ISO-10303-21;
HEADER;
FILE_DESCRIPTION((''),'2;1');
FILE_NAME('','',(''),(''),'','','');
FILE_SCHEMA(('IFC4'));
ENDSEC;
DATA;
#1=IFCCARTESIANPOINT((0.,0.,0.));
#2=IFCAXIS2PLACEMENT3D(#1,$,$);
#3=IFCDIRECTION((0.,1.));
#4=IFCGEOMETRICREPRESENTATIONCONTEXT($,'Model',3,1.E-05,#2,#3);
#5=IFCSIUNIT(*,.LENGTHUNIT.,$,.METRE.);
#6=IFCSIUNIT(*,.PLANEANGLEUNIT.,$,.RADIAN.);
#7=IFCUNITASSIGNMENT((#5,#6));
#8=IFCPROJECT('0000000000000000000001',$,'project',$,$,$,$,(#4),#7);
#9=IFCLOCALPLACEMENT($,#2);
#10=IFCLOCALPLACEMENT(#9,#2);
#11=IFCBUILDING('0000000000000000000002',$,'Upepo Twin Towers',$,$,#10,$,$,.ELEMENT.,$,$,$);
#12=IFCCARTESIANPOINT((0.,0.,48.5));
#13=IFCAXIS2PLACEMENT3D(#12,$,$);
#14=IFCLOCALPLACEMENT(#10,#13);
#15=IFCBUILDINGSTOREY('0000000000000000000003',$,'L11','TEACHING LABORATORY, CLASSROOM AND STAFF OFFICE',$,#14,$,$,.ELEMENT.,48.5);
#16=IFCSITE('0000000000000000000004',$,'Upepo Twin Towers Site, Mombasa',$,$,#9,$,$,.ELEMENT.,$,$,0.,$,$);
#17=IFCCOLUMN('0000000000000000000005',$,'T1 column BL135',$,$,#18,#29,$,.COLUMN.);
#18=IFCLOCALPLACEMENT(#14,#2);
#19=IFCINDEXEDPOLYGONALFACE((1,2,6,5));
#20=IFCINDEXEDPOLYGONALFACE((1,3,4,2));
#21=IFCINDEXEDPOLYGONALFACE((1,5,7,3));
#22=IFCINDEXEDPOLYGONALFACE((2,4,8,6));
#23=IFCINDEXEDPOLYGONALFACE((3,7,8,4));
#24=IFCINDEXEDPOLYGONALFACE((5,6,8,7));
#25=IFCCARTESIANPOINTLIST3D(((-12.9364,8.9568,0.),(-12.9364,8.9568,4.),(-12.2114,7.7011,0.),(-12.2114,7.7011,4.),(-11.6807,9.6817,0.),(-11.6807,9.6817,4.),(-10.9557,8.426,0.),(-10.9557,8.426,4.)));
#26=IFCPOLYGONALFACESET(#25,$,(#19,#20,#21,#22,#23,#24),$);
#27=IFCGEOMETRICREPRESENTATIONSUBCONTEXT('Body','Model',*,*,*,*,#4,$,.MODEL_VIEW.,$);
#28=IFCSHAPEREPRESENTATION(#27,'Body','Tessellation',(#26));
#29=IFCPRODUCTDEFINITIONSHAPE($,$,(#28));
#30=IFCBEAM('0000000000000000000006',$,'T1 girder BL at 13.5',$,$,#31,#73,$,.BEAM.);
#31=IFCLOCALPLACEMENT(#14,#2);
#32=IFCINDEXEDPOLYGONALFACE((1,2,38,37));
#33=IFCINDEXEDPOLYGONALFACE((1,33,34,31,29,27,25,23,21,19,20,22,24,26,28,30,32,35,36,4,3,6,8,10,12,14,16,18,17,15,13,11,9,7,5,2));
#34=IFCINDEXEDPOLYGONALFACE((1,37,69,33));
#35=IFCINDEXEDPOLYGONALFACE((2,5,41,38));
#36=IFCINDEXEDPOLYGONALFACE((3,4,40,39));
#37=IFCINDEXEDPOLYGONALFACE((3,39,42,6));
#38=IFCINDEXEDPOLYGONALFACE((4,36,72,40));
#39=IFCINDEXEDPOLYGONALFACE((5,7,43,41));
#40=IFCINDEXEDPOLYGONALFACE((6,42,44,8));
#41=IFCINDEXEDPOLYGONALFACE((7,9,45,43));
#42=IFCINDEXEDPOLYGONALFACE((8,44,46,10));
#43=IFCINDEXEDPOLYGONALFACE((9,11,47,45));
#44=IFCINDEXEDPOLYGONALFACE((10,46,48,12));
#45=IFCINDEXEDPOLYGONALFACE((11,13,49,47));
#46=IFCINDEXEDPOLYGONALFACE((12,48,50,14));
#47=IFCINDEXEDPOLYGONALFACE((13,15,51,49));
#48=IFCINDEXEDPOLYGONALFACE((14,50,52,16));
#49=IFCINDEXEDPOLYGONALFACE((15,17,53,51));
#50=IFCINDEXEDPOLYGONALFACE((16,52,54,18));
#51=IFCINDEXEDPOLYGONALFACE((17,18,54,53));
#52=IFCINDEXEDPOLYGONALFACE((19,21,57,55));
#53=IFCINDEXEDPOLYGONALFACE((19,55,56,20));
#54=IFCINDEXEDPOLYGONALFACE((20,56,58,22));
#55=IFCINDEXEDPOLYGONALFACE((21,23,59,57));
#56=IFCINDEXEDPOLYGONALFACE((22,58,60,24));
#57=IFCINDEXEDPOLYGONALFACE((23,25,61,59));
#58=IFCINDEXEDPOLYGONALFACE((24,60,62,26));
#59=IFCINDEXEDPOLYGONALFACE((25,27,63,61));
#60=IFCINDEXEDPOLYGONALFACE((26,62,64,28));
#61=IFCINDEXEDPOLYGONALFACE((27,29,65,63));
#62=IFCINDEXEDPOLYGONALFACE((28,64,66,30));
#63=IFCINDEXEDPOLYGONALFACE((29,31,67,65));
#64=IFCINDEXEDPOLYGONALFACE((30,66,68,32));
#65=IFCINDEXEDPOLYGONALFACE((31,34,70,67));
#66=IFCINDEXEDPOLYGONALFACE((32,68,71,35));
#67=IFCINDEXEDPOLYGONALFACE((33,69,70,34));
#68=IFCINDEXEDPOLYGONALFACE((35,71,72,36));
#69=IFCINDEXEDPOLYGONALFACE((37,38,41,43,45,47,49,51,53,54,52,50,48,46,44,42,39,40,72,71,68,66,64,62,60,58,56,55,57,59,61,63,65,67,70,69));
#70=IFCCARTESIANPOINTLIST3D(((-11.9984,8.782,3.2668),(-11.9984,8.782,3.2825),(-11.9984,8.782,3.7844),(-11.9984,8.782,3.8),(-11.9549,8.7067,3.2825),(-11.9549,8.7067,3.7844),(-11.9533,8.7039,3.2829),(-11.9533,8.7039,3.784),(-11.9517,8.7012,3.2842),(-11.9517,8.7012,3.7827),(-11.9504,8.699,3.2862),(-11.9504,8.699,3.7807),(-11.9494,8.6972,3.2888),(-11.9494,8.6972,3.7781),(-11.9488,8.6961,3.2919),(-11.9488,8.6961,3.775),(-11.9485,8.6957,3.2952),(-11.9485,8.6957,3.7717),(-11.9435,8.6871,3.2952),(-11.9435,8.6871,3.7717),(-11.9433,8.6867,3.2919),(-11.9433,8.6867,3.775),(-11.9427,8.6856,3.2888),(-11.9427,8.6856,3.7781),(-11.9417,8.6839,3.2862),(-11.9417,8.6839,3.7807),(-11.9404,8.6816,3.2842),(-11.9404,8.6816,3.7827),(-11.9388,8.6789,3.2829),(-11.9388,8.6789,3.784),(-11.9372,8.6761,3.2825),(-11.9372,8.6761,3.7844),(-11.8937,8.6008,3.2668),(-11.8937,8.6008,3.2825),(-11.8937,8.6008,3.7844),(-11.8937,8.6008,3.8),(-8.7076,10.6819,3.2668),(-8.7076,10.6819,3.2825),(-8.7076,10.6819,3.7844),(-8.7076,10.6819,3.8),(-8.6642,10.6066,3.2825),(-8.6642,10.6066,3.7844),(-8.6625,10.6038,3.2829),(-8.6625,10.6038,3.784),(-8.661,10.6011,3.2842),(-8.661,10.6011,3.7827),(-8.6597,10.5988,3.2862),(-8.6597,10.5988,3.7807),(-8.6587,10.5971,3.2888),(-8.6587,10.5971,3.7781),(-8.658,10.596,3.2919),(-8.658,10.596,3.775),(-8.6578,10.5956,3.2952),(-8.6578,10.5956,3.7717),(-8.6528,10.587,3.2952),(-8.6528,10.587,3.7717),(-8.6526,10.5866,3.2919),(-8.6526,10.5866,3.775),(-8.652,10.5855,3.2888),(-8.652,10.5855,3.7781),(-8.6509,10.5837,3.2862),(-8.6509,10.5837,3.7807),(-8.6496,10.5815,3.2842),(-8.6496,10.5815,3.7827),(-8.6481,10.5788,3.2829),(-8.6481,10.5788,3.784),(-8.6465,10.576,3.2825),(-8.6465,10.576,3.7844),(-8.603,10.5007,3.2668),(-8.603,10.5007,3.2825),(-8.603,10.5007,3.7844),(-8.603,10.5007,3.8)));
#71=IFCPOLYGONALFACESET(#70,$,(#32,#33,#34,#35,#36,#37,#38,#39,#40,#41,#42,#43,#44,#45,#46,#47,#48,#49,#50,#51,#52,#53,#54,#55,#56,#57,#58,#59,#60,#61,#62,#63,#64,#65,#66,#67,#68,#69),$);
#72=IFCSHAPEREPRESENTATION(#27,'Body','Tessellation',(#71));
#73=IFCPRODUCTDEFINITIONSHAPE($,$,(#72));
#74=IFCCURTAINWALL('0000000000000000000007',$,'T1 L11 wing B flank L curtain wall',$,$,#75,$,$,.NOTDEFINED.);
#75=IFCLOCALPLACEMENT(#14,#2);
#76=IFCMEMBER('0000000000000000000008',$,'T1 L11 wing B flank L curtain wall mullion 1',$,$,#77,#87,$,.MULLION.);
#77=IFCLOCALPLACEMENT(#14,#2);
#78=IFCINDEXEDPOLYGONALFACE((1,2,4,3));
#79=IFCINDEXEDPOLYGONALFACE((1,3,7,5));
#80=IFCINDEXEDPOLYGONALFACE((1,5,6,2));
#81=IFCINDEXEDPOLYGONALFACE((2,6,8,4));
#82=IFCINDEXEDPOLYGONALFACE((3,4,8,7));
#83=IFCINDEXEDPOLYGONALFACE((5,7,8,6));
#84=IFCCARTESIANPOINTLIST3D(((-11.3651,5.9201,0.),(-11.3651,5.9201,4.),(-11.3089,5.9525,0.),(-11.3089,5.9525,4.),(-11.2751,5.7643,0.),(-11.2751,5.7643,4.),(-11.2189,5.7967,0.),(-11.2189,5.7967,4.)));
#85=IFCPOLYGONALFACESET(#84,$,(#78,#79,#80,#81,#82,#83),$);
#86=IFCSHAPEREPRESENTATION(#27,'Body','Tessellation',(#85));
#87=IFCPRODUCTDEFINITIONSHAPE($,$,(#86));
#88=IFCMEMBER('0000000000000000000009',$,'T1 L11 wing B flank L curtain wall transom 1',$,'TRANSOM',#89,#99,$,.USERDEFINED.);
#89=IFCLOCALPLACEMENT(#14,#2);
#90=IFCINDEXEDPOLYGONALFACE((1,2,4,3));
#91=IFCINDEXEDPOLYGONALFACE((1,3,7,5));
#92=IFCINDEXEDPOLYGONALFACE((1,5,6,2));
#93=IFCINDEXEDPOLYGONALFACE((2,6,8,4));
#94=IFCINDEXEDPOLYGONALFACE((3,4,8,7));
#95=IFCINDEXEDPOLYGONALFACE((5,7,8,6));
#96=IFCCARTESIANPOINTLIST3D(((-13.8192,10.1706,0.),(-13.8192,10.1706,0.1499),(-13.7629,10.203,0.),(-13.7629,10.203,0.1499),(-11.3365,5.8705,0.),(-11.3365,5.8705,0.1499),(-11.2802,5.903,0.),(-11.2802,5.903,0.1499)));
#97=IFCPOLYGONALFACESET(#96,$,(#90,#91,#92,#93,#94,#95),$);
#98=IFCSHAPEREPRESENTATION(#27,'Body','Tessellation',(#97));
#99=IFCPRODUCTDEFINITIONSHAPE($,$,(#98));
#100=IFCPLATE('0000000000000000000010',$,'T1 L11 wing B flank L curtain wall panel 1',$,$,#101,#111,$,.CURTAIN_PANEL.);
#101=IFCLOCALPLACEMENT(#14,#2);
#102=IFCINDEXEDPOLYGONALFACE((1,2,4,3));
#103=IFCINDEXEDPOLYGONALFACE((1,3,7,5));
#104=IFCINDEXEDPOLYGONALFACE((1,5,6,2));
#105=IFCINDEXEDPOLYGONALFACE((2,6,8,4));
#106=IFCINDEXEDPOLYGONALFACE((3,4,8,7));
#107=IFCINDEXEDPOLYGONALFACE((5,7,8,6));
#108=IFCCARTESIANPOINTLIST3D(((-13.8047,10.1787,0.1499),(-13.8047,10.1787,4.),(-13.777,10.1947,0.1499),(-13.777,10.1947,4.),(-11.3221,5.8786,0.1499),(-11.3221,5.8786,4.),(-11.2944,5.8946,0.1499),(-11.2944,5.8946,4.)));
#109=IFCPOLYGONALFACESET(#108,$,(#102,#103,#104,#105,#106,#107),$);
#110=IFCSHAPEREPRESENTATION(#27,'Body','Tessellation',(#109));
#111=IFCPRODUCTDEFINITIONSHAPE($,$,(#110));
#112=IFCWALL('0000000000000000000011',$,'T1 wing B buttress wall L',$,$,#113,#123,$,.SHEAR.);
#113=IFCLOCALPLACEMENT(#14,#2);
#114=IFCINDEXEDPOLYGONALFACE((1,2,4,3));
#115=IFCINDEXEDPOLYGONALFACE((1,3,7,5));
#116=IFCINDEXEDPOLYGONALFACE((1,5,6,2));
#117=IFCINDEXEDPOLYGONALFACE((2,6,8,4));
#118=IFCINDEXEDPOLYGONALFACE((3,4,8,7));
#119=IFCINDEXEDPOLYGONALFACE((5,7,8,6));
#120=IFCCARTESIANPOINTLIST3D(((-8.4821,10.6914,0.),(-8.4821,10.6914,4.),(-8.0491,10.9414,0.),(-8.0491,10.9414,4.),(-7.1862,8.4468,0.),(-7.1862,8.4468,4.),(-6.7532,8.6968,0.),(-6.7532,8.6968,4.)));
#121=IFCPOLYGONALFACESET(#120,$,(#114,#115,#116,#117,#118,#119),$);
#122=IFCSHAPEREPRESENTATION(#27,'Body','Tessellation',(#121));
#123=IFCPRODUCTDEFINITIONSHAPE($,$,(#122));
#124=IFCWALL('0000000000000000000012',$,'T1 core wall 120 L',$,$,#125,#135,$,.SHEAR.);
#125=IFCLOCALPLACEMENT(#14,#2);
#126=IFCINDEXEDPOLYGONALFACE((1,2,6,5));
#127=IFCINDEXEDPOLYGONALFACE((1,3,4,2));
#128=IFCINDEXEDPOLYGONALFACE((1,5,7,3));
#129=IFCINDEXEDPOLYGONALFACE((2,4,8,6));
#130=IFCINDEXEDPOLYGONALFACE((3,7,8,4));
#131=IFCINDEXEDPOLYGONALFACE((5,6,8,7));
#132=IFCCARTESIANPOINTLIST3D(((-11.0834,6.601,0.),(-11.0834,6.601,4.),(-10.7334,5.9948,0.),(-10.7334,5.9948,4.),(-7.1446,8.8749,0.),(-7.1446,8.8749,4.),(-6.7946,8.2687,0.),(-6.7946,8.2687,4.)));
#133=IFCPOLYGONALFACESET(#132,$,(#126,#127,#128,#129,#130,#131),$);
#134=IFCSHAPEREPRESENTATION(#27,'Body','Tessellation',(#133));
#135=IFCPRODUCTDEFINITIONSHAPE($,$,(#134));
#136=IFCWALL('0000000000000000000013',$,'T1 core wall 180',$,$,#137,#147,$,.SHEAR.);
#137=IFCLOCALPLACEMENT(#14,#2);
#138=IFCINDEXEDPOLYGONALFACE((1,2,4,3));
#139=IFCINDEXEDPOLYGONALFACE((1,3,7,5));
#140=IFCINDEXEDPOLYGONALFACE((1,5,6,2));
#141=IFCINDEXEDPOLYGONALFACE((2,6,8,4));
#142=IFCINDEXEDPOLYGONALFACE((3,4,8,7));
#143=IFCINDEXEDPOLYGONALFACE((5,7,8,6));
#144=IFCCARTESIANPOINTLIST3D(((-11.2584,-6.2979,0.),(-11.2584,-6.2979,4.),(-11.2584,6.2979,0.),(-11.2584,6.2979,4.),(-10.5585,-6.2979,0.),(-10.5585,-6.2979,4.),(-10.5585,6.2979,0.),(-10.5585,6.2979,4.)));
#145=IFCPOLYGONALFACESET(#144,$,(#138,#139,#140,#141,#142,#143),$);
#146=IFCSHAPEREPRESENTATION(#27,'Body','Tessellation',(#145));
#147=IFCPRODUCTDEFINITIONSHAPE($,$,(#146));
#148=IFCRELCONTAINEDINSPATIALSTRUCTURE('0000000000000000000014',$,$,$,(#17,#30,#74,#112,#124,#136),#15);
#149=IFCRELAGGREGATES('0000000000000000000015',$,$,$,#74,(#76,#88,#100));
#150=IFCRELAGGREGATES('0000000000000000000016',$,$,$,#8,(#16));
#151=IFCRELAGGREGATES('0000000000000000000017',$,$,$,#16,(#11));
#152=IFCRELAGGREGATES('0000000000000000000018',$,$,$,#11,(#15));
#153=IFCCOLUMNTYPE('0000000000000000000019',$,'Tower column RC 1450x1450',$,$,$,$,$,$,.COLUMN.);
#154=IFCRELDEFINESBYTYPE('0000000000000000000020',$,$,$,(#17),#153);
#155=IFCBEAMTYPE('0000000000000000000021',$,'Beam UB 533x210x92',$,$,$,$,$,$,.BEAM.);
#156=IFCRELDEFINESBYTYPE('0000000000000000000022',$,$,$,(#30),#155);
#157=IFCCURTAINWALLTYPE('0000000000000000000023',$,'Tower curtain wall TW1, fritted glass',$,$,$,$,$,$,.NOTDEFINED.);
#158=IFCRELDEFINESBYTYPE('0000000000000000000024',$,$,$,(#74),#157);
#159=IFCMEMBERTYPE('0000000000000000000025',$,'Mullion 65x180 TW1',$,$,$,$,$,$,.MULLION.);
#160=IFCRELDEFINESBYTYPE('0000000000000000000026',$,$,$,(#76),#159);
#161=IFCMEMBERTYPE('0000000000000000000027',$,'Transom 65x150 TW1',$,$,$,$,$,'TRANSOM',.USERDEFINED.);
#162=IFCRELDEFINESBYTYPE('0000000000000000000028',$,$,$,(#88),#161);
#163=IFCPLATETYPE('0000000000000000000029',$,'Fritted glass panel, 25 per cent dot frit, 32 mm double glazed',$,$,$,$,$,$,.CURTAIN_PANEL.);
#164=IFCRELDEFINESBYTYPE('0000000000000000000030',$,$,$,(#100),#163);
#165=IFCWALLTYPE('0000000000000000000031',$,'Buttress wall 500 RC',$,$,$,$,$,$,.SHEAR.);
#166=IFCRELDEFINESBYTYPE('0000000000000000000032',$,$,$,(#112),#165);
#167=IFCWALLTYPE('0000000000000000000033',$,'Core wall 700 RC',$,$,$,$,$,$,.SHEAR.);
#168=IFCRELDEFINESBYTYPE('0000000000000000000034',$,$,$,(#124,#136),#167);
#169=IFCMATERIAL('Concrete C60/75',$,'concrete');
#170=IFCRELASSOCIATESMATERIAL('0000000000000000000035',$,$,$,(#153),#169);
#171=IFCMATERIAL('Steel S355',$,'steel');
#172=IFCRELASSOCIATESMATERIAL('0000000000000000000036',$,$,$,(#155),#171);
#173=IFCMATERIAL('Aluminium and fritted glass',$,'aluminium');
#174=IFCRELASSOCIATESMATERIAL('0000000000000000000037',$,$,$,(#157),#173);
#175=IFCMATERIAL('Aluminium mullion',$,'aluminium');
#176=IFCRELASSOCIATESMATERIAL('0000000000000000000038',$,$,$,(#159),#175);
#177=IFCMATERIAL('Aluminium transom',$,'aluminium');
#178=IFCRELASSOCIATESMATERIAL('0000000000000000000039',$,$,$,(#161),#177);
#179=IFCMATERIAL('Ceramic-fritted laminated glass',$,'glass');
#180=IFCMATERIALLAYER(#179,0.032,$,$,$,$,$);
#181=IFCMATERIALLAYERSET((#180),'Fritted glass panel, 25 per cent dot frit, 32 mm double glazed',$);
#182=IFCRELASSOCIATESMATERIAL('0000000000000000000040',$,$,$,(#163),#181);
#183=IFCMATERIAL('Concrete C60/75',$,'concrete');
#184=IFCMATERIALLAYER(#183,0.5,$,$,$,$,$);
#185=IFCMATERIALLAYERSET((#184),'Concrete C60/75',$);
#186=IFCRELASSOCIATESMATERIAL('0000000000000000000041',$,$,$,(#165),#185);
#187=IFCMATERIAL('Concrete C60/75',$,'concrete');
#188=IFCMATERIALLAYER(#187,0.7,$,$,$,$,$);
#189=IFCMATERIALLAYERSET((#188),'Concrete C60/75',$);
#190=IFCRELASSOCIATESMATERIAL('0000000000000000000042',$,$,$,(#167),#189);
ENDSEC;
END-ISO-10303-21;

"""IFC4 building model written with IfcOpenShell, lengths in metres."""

from ifc_helpers import new_model, si_unit, direction, frame, frame_2d, origin, origin_2d, place, context, subcontext, project, spatial, rectangle, i_section, extrude, material, layer, layer_set, material_profile, profile_set, type_object, element, aggregate, save


model = new_model("IFC4")

# Units and contexts
model_context = context("Model", 3, precision=1e-05, world=origin(), true_north=direction((0.0, 1.0)))
body_context = subcontext(model_context, "Body", "Model", "MODEL_VIEW")
ifc_project = project(units=[si_unit("LENGTHUNIT", "METRE"), si_unit("PLANEANGLEUNIT", "RADIAN")], contexts=[model_context])

# Site, building, storey
site_placement = place(None, origin())
site = spatial("IfcSite", under=ifc_project, at=site_placement, Name="Upepo Twin Towers Site, Mombasa", CompositionType="ELEMENT", RefElevation=0.0)
building_placement = place(site_placement, origin())
building = spatial("IfcBuilding", under=site, at=building_placement, Name="Upepo Twin Towers", CompositionType="ELEMENT")
storey_placement = place(building_placement, frame((0.0, 0.0, 48.5)))
storey = spatial("IfcBuildingStorey", under=building, at=storey_placement, Name="L11", Description="TEACHING LABORATORY, CLASSROOM AND STAFF OFFICE", CompositionType="ELEMENT", Elevation=48.5)

# Column
ifc_material_1 = material(Name="Concrete C60/75", Category="concrete")
ifc_material_profile_1 = material_profile(ifc_material_1, rectangle(XDim=1.45, YDim=1.45, at=origin_2d()), Name="RC 1450x1450")
ifc_profile_set_1 = profile_set([ifc_material_profile_1], Name="Concrete C60/75")
column_type = type_object("IfcColumnType", Name="Tower column RC 1450x1450", PredefinedType="COLUMN", material=ifc_profile_set_1)
column_placement = place(storey_placement, frame((-11.946, 8.6914, 0.0), z_axis=(0.0, 0.0, 1.0), x_axis=(0.866025, 0.5, 0.0)))
element("IfcColumn", 1, at=column_placement, inside=storey, type_object=column_type, Name="T1 column BL135", PredefinedType="COLUMN", context=body_context, shape_type="SweptSolid", body=[
    extrude(rectangle(XDim=1.45, YDim=1.45, at=origin_2d()), origin(), (0.0, 0.0, 1.0), 4.0),
])

# Beam
ifc_material_2 = material(Name="Steel S355", Category="steel")
ifc_material_profile_2 = material_profile(ifc_material_2, i_section(OverallWidth=0.2092, OverallDepth=0.5332, WebThickness=0.01, FlangeThickness=0.0156, FilletRadius=0.0127, at=origin_2d()), Name="UB 533x210x92")
ifc_profile_set_2 = profile_set([ifc_material_profile_2], Name="Steel S355")
beam_type = type_object("IfcBeamType", Name="Beam UB 533x210x92", PredefinedType="BEAM", material=ifc_profile_set_2)
beam_placement = place(storey_placement, frame((-11.946, 8.6914, 3.5334), z_axis=(0.866028, 0.499995, 0.0), x_axis=(-0.499995, 0.866028, 0.0)))
element("IfcBeam", 2, at=beam_placement, inside=storey, type_object=beam_type, Name="T1 girder BL at 13.5", PredefinedType="BEAM", context=body_context, shape_type="SweptSolid", body=[
    extrude(i_section(OverallWidth=0.2092, OverallDepth=0.5332, WebThickness=0.01, FlangeThickness=0.0156, FilletRadius=0.0127, at=origin_2d()), origin(), (0.0, 0.0, 1.0), 3.7998),
])

# Curtain wall, members, plate
ifc_material_3 = material(Name="Aluminium and fritted glass", Category="aluminium")
curtain_wall_type = type_object("IfcCurtainWallType", Name="Tower curtain wall TW1, fritted glass", PredefinedType="NOTDEFINED", material=ifc_material_3)
curtain_wall_placement = place(storey_placement, origin())
curtain_wall = element("IfcCurtainWall", 3, at=curtain_wall_placement, inside=storey, type_object=curtain_wall_type, Name="T1 L11 wing B flank L curtain wall", PredefinedType="NOTDEFINED")
ifc_material_4 = material(Name="Aluminium mullion", Category="aluminium")
ifc_material_profile_3 = material_profile(ifc_material_4, rectangle(XDim=0.0649, YDim=0.1799, at=origin_2d()), Name="MULLION 65x180")
ifc_profile_set_3 = profile_set([ifc_material_profile_3], Name="Aluminium mullion")
member_type_1 = type_object("IfcMemberType", Name="Mullion 65x180 TW1", PredefinedType="MULLION", material=ifc_profile_set_3)
member_1_placement = place(storey_placement, frame((-11.292, 5.8584, 0.0), z_axis=(0.0, 0.0, 1.0), x_axis=(-0.866025, -0.5, 0.0)))
member_1 = element("IfcMember", 4, at=member_1_placement, type_object=member_type_1, Name="T1 L11 wing B flank L curtain wall mullion 1", PredefinedType="MULLION", context=body_context, shape_type="SweptSolid", body=[
    extrude(rectangle(XDim=0.0649, YDim=0.1799, at=origin_2d()), origin(), (0.0, 0.0, 1.0), 4.0),
])
ifc_material_5 = material(Name="Aluminium transom", Category="aluminium")
ifc_material_profile_4 = material_profile(ifc_material_5, rectangle(XDim=0.0649, YDim=0.1499, at=origin_2d()), Name="TRANSOM 65x150")
ifc_profile_set_4 = profile_set([ifc_material_profile_4], Name="Aluminium transom")
member_type_2 = type_object("IfcMemberType", Name="Transom 65x150 TW1", ElementType="TRANSOM", PredefinedType="USERDEFINED", material=ifc_profile_set_4)
member_2_placement = place(storey_placement, frame((-11.3083, 5.8867, 0.075), z_axis=(-0.500005, 0.866023, 0.0), x_axis=(-0.866023, -0.500005, 0.0)))
member_2 = element("IfcMember", 5, at=member_2_placement, type_object=member_type_2, Name="T1 L11 wing B flank L curtain wall transom 1", ObjectType="TRANSOM", PredefinedType="USERDEFINED", context=body_context, shape_type="SweptSolid", body=[
    extrude(rectangle(XDim=0.0649, YDim=0.1499, at=origin_2d()), origin(), (0.0, 0.0, 1.0), 4.9653),
])
ifc_material_6 = material(Name="Ceramic-fritted laminated glass", Category="glass")
ifc_layer_1 = layer(ifc_material_6, 0.032)
ifc_layer_set_1 = layer_set([ifc_layer_1], Name="Fritted glass panel, 25 per cent dot frit, 32 mm double glazed")
plate_type = type_object("IfcPlateType", Name="Fritted glass panel, 25 per cent dot frit, 32 mm double glazed", PredefinedType="CURTAIN_PANEL", material=ifc_layer_set_1)
plate_placement = place(storey_placement, frame((-12.5496, 8.0366, 0.1499), z_axis=(0.0, 0.0, 1.0), x_axis=(-0.5, 0.866025, 0.0)))
plate = element("IfcPlate", 6, at=plate_placement, type_object=plate_type, Name="T1 L11 wing B flank L curtain wall panel 1", PredefinedType="CURTAIN_PANEL", context=body_context, shape_type="SweptSolid", body=[
    extrude(rectangle(XDim=4.9653, YDim=0.032, at=origin_2d()), origin(), (0.0, 0.0, 1.0), 3.8501),
])
aggregate(curtain_wall, [member_1, member_2, plate])

# Walls
ifc_material_7 = material(Name="Concrete C60/75", Category="concrete")
ifc_layer_2 = layer(ifc_material_7, 0.5)
ifc_layer_set_2 = layer_set([ifc_layer_2], Name="Concrete C60/75")
wall_type_1 = type_object("IfcWallType", Name="Buttress wall 500 RC", PredefinedType="SHEAR", material=ifc_layer_set_2)
wall_1_placement = place(storey_placement, frame((-6.9697, 8.5718, 0.0), z_axis=(0.0, 0.0, 1.0), x_axis=(-0.499989, 0.866032, 0.0)))
element("IfcWall", 7, at=wall_1_placement, inside=storey, type_object=wall_type_1, Name="T1 wing B buttress wall L", PredefinedType="SHEAR", context=body_context, shape_type="SweptSolid", body=[
    extrude(rectangle(XDim=2.5918, YDim=0.5, at=frame_2d((1.2959, 0.0))), origin(), (0.0, 0.0, 1.0), 4.0),
])
ifc_material_8 = material(Name="Concrete C60/75", Category="concrete")
ifc_layer_3 = layer(ifc_material_8, 0.7)
ifc_layer_set_3 = layer_set([ifc_layer_3], Name="Concrete C60/75")
wall_type_2 = type_object("IfcWallType", Name="Core wall 700 RC", PredefinedType="SHEAR", material=ifc_layer_set_3)
wall_2_placement = place(storey_placement, frame((-6.9697, 8.5718, 0.0), z_axis=(0.0, 0.0, 1.0), x_axis=(-0.866035, -0.499984, 0.0)))
element("IfcWall", 8, at=wall_2_placement, inside=storey, type_object=wall_type_2, Name="T1 core wall 120 L", PredefinedType="SHEAR", context=body_context, shape_type="SweptSolid", body=[
    extrude(rectangle(XDim=4.5481, YDim=0.7, at=frame_2d((2.2739, 0.0))), origin(), (0.0, 0.0, 1.0), 4.0),
])
wall_3_placement = place(storey_placement, frame((-10.9084, 6.2979, 0.0), z_axis=(0.0, 0.0, 1.0), x_axis=(0.0, -1.0, 0.0)))
element("IfcWall", 9, at=wall_3_placement, inside=storey, type_object=wall_type_2, Name="T1 core wall 180", PredefinedType="SHEAR", context=body_context, shape_type="SweptSolid", body=[
    extrude(rectangle(XDim=12.5957, YDim=0.7, at=frame_2d((6.2979, 0.0))), origin(), (0.0, 0.0, 1.0), 4.0),
])

save(model, "model.ifc")
